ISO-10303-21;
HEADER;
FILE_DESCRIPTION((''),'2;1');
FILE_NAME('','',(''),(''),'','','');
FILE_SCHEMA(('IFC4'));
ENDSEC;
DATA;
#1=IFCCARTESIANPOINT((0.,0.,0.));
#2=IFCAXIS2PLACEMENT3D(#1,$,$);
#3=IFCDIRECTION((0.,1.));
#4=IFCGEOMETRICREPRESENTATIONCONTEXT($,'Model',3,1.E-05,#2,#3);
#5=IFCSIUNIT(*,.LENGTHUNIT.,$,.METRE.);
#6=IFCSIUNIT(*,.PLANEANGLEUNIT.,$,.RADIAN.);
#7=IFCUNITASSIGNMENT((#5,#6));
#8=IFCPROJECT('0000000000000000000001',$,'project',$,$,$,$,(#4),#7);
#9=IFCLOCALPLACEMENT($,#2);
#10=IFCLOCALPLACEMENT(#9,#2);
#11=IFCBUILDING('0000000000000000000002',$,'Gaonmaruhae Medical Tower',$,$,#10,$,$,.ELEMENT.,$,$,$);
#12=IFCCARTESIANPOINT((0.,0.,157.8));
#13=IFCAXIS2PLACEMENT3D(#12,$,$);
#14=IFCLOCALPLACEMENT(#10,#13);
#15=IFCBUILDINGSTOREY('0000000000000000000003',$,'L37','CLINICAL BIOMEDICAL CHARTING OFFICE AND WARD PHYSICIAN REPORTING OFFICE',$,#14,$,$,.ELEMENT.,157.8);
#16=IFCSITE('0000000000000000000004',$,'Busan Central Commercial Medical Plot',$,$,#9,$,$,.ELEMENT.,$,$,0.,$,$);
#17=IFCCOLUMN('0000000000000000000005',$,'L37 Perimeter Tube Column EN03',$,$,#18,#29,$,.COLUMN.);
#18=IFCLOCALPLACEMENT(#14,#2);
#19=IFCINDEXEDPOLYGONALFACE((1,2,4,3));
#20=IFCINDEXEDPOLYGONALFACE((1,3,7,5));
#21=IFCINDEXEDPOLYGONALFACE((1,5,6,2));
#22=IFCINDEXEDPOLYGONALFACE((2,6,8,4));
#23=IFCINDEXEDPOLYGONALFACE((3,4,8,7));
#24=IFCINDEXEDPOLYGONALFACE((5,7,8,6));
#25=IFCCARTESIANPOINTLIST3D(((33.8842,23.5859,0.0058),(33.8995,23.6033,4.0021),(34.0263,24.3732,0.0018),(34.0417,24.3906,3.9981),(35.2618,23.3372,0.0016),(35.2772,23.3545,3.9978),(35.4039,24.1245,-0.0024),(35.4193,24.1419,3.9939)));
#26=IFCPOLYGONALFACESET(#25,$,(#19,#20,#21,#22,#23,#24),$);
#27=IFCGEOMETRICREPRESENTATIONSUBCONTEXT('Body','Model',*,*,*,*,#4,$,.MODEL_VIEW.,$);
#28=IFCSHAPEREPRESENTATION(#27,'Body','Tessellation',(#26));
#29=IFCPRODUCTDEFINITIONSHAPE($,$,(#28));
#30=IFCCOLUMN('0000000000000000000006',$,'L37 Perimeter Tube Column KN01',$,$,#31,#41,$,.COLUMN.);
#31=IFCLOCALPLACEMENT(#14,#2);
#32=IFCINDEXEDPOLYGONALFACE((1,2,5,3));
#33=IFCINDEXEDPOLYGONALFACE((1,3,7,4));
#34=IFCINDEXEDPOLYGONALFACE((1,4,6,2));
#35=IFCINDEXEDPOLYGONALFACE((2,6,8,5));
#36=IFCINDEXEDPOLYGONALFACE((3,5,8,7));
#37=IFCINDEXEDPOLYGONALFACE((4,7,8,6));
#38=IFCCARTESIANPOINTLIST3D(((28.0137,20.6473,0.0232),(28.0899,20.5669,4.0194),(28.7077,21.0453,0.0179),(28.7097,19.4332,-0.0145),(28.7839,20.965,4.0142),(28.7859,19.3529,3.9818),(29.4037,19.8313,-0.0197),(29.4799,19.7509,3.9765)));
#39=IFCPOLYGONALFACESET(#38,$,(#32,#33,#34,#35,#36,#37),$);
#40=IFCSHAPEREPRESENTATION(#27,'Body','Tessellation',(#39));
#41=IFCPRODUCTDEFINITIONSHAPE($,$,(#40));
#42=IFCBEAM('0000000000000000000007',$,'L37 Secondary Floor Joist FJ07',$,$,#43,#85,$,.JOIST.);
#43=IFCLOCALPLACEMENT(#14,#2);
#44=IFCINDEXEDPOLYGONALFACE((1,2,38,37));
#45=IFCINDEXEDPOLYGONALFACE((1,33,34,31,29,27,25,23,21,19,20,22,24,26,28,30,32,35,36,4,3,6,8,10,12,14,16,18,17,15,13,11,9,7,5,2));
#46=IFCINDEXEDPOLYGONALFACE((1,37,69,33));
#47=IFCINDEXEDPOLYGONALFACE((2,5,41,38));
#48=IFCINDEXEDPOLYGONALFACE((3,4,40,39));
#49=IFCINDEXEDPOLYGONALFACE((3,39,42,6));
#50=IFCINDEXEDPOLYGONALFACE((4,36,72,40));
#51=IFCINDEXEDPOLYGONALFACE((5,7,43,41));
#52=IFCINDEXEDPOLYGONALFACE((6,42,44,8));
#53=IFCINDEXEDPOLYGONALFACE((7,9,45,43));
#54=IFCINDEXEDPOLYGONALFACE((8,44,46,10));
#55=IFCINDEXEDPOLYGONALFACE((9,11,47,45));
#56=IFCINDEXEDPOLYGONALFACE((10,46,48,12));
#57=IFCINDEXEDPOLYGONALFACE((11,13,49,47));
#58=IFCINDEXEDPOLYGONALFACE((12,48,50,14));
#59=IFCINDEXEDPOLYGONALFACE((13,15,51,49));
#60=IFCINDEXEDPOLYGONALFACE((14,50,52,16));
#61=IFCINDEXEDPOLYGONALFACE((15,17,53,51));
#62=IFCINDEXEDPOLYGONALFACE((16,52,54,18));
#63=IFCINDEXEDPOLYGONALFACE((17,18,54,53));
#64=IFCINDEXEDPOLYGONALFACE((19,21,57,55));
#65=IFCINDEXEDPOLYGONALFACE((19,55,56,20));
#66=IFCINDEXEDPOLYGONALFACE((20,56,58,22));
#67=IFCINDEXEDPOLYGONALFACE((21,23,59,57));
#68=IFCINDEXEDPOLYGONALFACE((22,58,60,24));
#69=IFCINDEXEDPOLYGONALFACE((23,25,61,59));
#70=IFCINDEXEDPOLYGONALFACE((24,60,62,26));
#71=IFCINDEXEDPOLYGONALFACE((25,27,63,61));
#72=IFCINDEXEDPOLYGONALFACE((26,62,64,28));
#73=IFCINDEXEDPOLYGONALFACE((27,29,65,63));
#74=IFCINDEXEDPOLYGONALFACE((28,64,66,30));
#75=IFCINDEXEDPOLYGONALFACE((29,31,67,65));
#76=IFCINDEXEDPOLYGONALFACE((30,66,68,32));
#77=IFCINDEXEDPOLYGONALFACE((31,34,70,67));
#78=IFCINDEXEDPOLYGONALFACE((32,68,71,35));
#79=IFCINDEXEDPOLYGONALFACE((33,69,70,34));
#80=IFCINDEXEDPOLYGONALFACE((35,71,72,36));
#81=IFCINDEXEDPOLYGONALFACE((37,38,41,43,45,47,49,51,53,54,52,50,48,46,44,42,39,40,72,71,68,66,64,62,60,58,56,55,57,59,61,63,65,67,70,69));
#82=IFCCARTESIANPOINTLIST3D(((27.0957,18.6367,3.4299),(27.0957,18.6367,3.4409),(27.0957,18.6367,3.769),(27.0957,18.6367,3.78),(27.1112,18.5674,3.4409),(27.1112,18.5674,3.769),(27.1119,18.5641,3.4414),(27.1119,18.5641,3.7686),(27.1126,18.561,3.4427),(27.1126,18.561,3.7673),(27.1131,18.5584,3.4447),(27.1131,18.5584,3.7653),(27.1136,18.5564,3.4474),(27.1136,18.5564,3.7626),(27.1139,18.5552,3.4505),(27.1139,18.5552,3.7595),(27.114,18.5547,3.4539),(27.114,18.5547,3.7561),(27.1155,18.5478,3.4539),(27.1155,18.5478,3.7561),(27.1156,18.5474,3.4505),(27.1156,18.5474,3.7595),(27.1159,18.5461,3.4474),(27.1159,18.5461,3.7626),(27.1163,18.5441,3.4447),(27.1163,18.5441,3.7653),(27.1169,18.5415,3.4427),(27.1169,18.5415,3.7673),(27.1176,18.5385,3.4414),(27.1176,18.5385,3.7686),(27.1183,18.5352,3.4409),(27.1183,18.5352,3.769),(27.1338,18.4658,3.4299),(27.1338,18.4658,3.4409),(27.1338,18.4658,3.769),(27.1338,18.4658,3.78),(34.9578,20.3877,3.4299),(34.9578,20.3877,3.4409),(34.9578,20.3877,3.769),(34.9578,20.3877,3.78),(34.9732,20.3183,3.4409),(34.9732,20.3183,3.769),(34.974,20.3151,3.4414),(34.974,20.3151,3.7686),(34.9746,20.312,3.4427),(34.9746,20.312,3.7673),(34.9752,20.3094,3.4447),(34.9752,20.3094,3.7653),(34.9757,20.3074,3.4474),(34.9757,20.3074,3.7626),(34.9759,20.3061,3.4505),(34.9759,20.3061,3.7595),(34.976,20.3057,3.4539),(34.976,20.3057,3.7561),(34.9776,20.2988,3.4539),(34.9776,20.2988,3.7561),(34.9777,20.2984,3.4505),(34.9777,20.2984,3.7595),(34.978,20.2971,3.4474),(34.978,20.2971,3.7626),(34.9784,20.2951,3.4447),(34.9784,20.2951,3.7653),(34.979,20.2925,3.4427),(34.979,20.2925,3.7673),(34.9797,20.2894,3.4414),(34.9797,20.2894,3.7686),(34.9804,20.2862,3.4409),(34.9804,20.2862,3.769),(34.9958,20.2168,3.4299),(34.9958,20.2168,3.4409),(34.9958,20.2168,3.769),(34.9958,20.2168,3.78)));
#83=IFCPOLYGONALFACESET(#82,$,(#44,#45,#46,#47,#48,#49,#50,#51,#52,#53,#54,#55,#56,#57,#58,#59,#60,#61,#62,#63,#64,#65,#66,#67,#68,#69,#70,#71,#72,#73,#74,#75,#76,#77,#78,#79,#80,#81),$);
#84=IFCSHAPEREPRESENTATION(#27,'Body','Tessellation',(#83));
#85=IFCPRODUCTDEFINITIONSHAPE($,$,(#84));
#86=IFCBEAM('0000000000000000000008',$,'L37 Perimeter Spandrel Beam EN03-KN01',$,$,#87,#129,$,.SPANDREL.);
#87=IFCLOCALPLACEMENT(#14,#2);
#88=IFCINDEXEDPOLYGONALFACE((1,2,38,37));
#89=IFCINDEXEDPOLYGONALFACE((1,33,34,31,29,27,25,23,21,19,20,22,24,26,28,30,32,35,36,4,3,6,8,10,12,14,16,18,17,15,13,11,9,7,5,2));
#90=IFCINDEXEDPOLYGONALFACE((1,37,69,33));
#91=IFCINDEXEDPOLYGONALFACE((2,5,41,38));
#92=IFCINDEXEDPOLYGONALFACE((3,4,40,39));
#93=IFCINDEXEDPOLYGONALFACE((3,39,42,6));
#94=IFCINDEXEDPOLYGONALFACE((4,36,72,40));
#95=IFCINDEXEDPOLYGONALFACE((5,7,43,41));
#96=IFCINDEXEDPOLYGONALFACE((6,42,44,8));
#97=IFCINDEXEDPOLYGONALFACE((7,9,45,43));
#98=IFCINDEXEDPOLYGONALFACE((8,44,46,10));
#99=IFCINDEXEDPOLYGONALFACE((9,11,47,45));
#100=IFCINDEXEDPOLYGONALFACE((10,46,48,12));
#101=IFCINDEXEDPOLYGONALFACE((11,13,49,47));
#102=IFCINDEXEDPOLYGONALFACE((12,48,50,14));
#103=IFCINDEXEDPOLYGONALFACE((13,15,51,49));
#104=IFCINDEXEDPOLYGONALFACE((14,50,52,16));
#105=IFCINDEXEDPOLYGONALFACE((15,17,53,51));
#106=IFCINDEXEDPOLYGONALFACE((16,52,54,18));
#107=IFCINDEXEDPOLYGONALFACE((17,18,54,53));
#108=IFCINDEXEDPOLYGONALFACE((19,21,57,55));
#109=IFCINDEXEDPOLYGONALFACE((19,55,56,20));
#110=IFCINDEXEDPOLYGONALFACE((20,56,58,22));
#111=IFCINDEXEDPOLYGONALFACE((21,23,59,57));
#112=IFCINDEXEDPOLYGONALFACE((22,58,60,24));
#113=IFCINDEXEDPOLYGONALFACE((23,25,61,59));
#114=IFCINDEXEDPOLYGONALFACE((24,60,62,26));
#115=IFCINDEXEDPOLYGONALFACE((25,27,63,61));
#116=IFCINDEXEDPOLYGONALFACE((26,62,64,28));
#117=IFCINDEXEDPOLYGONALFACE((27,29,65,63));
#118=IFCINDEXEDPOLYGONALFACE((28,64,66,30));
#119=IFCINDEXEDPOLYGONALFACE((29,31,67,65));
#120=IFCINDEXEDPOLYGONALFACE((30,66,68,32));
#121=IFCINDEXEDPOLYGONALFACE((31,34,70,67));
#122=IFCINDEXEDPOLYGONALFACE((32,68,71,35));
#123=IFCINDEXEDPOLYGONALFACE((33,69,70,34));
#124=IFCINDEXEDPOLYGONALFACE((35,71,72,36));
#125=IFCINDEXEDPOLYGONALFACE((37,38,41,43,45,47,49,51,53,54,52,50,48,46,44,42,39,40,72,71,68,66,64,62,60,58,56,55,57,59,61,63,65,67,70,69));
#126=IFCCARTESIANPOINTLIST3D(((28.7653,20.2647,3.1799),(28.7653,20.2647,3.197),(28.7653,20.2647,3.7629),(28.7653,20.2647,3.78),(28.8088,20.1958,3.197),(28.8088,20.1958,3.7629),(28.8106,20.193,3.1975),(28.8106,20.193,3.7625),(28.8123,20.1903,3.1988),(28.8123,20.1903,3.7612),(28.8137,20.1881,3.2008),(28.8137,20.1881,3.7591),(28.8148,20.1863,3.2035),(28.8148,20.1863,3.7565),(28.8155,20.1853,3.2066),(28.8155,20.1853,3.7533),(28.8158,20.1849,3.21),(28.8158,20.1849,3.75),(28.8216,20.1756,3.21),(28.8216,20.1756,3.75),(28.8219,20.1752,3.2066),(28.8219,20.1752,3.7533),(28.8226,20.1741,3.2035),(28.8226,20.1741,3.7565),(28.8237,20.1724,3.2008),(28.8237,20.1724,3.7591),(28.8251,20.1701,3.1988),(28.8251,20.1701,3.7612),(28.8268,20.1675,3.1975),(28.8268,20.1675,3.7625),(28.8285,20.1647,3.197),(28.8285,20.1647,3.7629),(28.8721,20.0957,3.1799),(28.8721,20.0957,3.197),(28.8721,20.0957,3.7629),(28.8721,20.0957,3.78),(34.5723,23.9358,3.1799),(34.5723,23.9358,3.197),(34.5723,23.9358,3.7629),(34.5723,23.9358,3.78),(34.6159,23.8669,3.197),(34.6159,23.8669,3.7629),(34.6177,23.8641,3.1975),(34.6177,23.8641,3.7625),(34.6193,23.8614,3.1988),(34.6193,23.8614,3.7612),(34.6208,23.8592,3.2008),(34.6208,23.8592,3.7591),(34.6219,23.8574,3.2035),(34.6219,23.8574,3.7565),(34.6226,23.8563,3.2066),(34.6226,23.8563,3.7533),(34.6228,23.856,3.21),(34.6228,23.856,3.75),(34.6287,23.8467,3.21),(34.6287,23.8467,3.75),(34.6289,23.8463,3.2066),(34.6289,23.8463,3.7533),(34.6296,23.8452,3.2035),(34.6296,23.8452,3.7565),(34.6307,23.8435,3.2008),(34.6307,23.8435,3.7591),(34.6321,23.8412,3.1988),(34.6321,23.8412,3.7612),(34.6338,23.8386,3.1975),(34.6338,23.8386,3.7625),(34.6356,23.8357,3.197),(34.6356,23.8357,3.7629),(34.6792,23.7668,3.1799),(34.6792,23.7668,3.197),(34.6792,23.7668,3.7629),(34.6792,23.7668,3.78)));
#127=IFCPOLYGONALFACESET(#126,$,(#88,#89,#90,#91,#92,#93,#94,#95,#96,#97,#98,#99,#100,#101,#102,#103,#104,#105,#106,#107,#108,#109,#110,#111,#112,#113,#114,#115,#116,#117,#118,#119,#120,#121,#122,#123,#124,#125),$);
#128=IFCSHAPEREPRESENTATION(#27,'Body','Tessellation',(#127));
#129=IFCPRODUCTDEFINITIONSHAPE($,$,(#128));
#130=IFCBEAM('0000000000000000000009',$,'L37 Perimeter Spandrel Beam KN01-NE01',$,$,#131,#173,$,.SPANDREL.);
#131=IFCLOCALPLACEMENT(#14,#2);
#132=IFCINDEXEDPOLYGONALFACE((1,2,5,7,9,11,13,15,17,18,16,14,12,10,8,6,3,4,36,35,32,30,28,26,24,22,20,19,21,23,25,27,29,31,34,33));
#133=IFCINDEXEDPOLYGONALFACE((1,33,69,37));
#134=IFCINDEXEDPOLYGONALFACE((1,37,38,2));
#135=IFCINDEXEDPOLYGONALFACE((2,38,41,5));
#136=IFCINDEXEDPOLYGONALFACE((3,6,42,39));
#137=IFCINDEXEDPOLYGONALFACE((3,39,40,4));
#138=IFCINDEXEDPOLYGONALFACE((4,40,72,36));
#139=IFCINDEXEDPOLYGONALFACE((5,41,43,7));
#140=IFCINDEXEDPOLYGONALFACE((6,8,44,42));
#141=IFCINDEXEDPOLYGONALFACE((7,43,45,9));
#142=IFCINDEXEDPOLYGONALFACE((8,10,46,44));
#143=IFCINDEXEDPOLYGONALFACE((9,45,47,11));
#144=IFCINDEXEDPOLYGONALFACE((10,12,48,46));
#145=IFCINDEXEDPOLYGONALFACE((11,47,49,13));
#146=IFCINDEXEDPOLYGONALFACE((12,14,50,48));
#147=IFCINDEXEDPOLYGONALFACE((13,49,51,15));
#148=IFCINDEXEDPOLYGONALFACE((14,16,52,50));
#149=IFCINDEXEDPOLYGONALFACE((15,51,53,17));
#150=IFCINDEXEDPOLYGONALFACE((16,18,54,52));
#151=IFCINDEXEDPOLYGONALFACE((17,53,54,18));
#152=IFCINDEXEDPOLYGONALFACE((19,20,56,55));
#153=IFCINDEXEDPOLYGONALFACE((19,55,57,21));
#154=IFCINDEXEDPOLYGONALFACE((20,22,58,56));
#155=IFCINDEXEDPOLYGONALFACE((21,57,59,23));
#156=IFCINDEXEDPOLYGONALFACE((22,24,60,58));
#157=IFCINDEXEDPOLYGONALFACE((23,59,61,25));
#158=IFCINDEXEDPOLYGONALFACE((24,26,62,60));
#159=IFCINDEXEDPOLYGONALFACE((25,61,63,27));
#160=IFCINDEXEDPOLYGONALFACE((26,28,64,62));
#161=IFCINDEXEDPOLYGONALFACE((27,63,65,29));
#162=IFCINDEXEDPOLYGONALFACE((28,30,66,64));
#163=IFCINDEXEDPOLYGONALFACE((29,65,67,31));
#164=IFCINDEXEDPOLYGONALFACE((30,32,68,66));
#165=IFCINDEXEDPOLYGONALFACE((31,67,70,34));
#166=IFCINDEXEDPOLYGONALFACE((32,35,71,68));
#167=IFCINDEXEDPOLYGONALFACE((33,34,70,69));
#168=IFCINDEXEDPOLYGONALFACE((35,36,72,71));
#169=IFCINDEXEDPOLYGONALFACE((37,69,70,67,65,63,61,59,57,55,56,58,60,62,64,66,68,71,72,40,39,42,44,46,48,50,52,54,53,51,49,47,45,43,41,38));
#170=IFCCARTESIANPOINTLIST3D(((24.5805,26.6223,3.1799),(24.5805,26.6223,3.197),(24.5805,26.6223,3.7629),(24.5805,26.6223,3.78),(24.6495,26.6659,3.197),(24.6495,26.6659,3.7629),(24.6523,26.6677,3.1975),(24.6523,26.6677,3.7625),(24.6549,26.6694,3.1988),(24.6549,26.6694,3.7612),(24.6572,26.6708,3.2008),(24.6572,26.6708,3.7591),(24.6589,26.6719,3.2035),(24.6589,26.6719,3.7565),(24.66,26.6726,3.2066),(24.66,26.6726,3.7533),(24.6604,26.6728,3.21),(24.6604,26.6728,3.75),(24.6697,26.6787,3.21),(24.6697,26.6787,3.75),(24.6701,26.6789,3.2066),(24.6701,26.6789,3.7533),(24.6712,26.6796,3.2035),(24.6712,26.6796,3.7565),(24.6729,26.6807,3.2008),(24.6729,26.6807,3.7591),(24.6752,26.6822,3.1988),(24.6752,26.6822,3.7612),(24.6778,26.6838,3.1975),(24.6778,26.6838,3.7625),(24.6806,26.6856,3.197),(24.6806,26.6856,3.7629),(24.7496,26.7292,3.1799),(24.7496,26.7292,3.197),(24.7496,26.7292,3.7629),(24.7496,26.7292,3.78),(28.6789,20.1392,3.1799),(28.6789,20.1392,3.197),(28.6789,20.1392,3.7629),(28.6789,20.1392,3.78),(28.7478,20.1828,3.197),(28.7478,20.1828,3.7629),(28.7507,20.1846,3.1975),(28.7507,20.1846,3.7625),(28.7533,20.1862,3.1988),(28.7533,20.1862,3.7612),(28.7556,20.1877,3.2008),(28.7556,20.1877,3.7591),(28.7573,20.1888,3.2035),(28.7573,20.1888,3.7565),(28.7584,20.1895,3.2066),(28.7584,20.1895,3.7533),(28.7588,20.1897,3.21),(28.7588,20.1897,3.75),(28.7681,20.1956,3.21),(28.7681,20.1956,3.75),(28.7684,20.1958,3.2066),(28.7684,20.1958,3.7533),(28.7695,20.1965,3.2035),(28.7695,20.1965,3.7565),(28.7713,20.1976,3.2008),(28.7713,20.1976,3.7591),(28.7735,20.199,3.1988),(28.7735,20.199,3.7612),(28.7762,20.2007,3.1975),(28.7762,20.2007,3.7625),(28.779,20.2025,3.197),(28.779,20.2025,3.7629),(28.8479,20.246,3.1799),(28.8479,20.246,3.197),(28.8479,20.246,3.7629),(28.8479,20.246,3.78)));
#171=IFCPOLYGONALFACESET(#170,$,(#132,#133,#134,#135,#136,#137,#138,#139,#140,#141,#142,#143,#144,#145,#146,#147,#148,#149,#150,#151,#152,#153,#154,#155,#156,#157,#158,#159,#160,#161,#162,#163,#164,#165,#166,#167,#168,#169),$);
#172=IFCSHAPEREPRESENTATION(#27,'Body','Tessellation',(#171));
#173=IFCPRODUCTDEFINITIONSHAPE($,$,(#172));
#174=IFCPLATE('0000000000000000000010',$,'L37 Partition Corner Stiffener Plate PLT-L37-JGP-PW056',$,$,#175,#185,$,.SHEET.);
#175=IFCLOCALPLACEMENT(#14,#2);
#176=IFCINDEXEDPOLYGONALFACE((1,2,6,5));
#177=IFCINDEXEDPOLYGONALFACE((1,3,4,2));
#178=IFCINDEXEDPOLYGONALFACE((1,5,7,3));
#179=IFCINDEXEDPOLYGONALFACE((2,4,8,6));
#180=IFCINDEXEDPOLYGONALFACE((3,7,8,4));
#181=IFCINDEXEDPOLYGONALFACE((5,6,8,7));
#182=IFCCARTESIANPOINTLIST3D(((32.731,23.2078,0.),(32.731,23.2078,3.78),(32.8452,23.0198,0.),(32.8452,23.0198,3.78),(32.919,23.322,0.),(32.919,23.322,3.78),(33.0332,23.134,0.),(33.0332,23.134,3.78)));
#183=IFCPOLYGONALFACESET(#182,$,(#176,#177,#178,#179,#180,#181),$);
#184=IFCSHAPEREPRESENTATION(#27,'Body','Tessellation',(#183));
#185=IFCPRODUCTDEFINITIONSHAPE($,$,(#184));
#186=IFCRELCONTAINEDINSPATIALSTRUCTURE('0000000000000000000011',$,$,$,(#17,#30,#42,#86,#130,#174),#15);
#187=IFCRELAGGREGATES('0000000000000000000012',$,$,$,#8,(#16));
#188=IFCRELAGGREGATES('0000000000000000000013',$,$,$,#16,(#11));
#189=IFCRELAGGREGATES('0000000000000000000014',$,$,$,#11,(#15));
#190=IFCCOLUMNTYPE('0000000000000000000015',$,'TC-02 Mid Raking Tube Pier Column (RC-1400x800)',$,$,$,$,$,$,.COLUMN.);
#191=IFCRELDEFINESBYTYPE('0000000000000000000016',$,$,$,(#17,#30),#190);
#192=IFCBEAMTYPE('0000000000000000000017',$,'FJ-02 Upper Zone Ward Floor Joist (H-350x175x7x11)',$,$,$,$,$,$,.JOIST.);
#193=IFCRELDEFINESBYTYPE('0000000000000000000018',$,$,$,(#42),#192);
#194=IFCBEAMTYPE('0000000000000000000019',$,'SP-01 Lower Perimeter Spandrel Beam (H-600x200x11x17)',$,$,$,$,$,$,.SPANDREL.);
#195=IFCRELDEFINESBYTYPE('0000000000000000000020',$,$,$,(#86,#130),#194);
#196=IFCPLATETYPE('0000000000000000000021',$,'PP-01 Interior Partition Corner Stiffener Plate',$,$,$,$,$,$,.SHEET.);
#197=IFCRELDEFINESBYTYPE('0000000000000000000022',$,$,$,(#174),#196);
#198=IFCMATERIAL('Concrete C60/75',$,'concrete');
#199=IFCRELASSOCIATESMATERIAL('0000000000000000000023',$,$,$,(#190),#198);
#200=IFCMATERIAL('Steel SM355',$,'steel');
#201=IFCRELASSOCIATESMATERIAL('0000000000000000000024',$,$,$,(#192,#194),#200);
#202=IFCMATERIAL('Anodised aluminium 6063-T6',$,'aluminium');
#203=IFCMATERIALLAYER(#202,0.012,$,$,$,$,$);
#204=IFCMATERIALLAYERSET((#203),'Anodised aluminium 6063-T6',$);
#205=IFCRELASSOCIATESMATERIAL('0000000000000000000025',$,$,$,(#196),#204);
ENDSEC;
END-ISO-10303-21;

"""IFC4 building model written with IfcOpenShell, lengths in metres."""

from ifc_helpers import new_model, si_unit, direction, frame, origin, origin_2d, place, context, subcontext, project, spatial, rectangle, i_section, extrude, material, layer, layer_set, material_profile, profile_set, type_object, element, save


model = new_model("IFC4")

# Units and contexts
model_context = context("Model", 3, precision=1e-05, world=origin(), true_north=direction((0.0, 1.0)))
body_context = subcontext(model_context, "Body", "Model", "MODEL_VIEW")
ifc_project = project(units=[si_unit("LENGTHUNIT", "METRE"), si_unit("PLANEANGLEUNIT", "RADIAN")], contexts=[model_context])

# Site, building, storey
site_placement = place(None, origin())
site = spatial("IfcSite", under=ifc_project, at=site_placement, Name="Busan Central Commercial Medical Plot", CompositionType="ELEMENT", RefElevation=0.0)
building_placement = place(site_placement, origin())
building = spatial("IfcBuilding", under=site, at=building_placement, Name="Gaonmaruhae Medical Tower", CompositionType="ELEMENT")
storey_placement = place(building_placement, frame((0.0, 0.0, 157.8)))
storey = spatial("IfcBuildingStorey", under=building, at=storey_placement, Name="L37", Description="CLINICAL BIOMEDICAL CHARTING OFFICE AND WARD PHYSICIAN REPORTING OFFICE", CompositionType="ELEMENT", Elevation=157.8)

# Columns
ifc_material_1 = material(Name="Concrete C60/75", Category="concrete")
ifc_material_profile_1 = material_profile(ifc_material_1, rectangle(XDim=1.3999, YDim=0.8, at=origin_2d()), Name="RC-1400x800")
ifc_profile_set_1 = profile_set([ifc_material_profile_1], Name="Concrete C60/75")
column_type = type_object("IfcColumnType", Name="TC-02 Mid Raking Tube Pier Column (RC-1400x800)", PredefinedType="COLUMN", material=ifc_profile_set_1)
column_1_placement = place(storey_placement, frame((34.644, 23.8552, 0.0017), z_axis=(0.003849, 0.004337, 0.999983), x_axis=(-0.984086, 0.177665, 0.003017)))
element("IfcColumn", 1, at=column_1_placement, inside=storey, type_object=column_type, Name="L37 Perimeter Tube Column EN03", PredefinedType="COLUMN", context=body_context, shape_type="SweptSolid", body=[
    extrude(rectangle(XDim=1.3999, YDim=0.8, at=origin_2d()), origin(), (0.0, 0.0, 1.0), 3.9963),
])
column_2_placement = place(storey_placement, frame((28.7087, 20.2393, 0.0017), z_axis=(0.019053, -0.020091, 0.999617), x_axis=(-0.497184, 0.867228, 0.026907)))
element("IfcColumn", 2, at=column_2_placement, inside=storey, type_object=column_type, Name="L37 Perimeter Tube Column KN01", PredefinedType="COLUMN", context=body_context, shape_type="SweptSolid", body=[
    extrude(rectangle(XDim=1.3999, YDim=0.8, at=origin_2d()), origin(), (0.0, 0.0, 1.0), 3.9978),
])

# Beams
ifc_material_2 = material(Name="Steel SM355", Category="steel")
ifc_material_profile_2 = material_profile(ifc_material_2, i_section(OverallWidth=0.175, OverallDepth=0.3501, WebThickness=0.0071, FlangeThickness=0.011, FilletRadius=0.0129, at=origin_2d()), Name="H-350x175x7x11")
ifc_profile_set_2 = profile_set([ifc_material_profile_2], Name="Steel SM355")
beam_type_1 = type_object("IfcBeamType", Name="FJ-02 Upper Zone Ward Floor Joist (H-350x175x7x11)", PredefinedType="JOIST", material=ifc_profile_set_2)
beam_1_placement = place(storey_placement, frame((34.9768, 20.3022, 3.605), z_axis=(-0.976086, -0.217386, 0.0), x_axis=(0.217386, -0.976086, 0.0)))
element("IfcBeam", 3, at=beam_1_placement, inside=storey, type_object=beam_type_1, Name="L37 Secondary Floor Joist FJ07", PredefinedType="JOIST", context=body_context, shape_type="SweptSolid", body=[
    extrude(i_section(OverallWidth=0.175, OverallDepth=0.3501, WebThickness=0.0071, FlangeThickness=0.011, FilletRadius=0.0129, at=origin_2d()), origin(), (0.0, 0.0, 1.0), 8.0547),
])
ifc_material_profile_3 = material_profile(ifc_material_2, i_section(OverallWidth=0.2, OverallDepth=0.6001, WebThickness=0.011, FlangeThickness=0.0171, FilletRadius=0.0129, at=origin_2d()), Name="H-600x200x11x17")
ifc_profile_set_3 = profile_set([ifc_material_profile_3], Name="Steel SM355")
beam_type_2 = type_object("IfcBeamType", Name="SP-01 Lower Perimeter Spandrel Beam (H-600x200x11x17)", PredefinedType="SPANDREL", material=ifc_profile_set_3)
beam_2_placement = place(storey_placement, frame((34.6257, 23.8513, 3.48), z_axis=(-0.84526, -0.534355, 0.0), x_axis=(0.534355, -0.84526, 0.0)))
element("IfcBeam", 4, at=beam_2_placement, inside=storey, type_object=beam_type_2, Name="L37 Perimeter Spandrel Beam EN03-KN01", PredefinedType="SPANDREL", context=body_context, shape_type="SweptSolid", body=[
    extrude(i_section(OverallWidth=0.2, OverallDepth=0.6001, WebThickness=0.011, FlangeThickness=0.0171, FilletRadius=0.0129, at=origin_2d()), origin(), (0.0, 0.0, 1.0), 6.8701),
])
beam_3_placement = place(storey_placement, frame((28.7634, 20.1926, 3.48), z_axis=(-0.534344, 0.845267, 0.0), x_axis=(-0.845267, -0.534344, 0.0)))
element("IfcBeam", 5, at=beam_3_placement, inside=storey, type_object=beam_type_2, Name="L37 Perimeter Spandrel Beam KN01-NE01", PredefinedType="SPANDREL", context=body_context, shape_type="SweptSolid", body=[
    extrude(i_section(OverallWidth=0.2, OverallDepth=0.6001, WebThickness=0.011, FlangeThickness=0.0171, FilletRadius=0.0129, at=origin_2d()), origin(), (0.0, 0.0, 1.0), 7.6699),
])

# Plate
ifc_material_3 = material(Name="Anodised aluminium 6063-T6", Category="aluminium")
ifc_layer_1 = layer(ifc_material_3, 0.012)
ifc_layer_set_1 = layer_set([ifc_layer_1], Name="Anodised aluminium 6063-T6")
plate_type = type_object("IfcPlateType", Name="PP-01 Interior Partition Corner Stiffener Plate", PredefinedType="SHEET", material=ifc_layer_set_1)
for number, where, z_axis, x_axis, name in (
    (6, (32.8821, 23.1709, 0.0), (0.0, 0.0, 1.0), (0.519221, -0.85464, 0.0), "L37 Partition Corner Stiffener Plate PLT-L37-JGP-PW056"),
):
    element("IfcPlate", number, at=place(storey_placement, frame(where, z_axis=z_axis, x_axis=x_axis)), inside=storey, type_object=plate_type, Name=name, PredefinedType="SHEET", context=body_context, shape_type="SweptSolid", body=[
        extrude(rectangle(XDim=0.22, YDim=0.22, at=origin_2d()), origin(), (0.0, 0.0, 1.0), 3.78),
    ])

save(model, "model.ifc")
